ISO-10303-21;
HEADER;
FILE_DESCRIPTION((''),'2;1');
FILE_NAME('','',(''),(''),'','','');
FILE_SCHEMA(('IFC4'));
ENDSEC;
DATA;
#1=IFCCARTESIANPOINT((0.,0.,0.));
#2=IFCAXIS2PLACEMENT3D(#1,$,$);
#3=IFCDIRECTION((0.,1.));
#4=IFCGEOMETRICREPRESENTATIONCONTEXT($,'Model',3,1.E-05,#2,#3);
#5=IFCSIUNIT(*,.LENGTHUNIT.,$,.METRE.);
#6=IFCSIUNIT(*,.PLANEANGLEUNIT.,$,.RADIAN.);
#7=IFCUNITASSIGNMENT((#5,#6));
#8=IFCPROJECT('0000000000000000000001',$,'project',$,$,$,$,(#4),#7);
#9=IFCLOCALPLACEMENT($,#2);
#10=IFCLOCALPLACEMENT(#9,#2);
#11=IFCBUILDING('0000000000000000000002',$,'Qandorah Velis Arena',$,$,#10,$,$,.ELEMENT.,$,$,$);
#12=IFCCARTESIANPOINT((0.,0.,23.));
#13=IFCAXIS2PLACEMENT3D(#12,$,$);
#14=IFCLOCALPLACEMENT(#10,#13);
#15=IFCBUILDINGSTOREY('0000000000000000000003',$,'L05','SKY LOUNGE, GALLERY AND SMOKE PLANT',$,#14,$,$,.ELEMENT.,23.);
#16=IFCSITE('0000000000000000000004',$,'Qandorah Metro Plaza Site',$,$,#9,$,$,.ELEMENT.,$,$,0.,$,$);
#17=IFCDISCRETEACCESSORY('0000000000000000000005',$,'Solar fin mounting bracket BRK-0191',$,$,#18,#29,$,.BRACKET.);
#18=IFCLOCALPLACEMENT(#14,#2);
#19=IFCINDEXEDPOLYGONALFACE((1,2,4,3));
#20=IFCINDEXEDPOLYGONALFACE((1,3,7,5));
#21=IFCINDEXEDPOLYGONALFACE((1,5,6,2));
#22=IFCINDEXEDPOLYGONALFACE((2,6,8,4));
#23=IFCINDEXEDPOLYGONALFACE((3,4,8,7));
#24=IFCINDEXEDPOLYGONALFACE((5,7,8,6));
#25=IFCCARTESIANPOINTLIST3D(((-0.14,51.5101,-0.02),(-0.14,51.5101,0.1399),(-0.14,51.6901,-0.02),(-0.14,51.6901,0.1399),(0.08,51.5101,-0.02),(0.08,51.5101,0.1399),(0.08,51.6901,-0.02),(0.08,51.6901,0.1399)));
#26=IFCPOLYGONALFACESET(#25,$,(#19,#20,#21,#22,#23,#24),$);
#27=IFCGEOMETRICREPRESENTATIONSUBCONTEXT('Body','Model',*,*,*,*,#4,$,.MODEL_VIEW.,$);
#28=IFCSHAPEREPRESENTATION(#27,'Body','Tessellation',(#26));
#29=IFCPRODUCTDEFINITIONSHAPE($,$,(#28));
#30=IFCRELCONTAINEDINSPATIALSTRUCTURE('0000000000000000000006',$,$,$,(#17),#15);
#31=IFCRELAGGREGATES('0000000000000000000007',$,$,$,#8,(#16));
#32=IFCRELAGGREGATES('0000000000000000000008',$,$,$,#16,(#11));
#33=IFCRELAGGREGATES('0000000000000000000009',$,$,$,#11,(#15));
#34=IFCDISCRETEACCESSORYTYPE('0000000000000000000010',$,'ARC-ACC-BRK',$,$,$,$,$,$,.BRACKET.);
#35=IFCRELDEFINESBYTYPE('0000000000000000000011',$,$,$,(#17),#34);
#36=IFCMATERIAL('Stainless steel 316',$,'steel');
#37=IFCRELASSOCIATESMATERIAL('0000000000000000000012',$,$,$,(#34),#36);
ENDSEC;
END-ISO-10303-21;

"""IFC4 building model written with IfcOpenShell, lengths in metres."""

from ifc_helpers import new_model, si_unit, direction, frame, origin, origin_2d, place, context, subcontext, project, spatial, rectangle, extrude, material, type_object, element, save


model = new_model("IFC4")

# Units and contexts
model_context = context("Model", 3, precision=1e-05, world=origin(), true_north=direction((0.0, 1.0)))
body_context = subcontext(model_context, "Body", "Model", "MODEL_VIEW")
ifc_project = project(units=[si_unit("LENGTHUNIT", "METRE"), si_unit("PLANEANGLEUNIT", "RADIAN")], contexts=[model_context])

# Site, building, storey
site_placement = place(None, origin())
site = spatial("IfcSite", under=ifc_project, at=site_placement, Name="Qandorah Metro Plaza Site", CompositionType="ELEMENT", RefElevation=0.0)
building_placement = place(site_placement, origin())
building = spatial("IfcBuilding", under=site, at=building_placement, Name="Qandorah Velis Arena", CompositionType="ELEMENT")
storey_placement = place(building_placement, frame((0.0, 0.0, 23.0)))
storey = spatial("IfcBuildingStorey", under=building, at=storey_placement, Name="L05", Description="SKY LOUNGE, GALLERY AND SMOKE PLANT", CompositionType="ELEMENT", Elevation=23.0)

# Shared definitions
ifc_material_1 = material(Name="Stainless steel 316", Category="steel")

# Discrete accessory
discrete_accessory_type = type_object("IfcDiscreteAccessoryType", Name="ARC-ACC-BRK", PredefinedType="BRACKET", material=ifc_material_1)
for number, where, z_axis, x_axis, name in (
    (1, (-0.03, 51.6001, -0.02), (0.0, 0.0, 1.0), (1.0, 0.0, 0.0), "Solar fin mounting bracket BRK-0191"),
):
    element("IfcDiscreteAccessory", number, at=place(storey_placement, frame(where, z_axis=z_axis, x_axis=x_axis)), inside=storey, type_object=discrete_accessory_type, Name=name, PredefinedType="BRACKET", context=body_context, shape_type="SweptSolid", body=[
        extrude(rectangle(XDim=0.22, YDim=0.1799, at=origin_2d()), origin(), (0.0, 0.0, 1.0), 0.1599),
    ])

save(model, "model.ifc")
